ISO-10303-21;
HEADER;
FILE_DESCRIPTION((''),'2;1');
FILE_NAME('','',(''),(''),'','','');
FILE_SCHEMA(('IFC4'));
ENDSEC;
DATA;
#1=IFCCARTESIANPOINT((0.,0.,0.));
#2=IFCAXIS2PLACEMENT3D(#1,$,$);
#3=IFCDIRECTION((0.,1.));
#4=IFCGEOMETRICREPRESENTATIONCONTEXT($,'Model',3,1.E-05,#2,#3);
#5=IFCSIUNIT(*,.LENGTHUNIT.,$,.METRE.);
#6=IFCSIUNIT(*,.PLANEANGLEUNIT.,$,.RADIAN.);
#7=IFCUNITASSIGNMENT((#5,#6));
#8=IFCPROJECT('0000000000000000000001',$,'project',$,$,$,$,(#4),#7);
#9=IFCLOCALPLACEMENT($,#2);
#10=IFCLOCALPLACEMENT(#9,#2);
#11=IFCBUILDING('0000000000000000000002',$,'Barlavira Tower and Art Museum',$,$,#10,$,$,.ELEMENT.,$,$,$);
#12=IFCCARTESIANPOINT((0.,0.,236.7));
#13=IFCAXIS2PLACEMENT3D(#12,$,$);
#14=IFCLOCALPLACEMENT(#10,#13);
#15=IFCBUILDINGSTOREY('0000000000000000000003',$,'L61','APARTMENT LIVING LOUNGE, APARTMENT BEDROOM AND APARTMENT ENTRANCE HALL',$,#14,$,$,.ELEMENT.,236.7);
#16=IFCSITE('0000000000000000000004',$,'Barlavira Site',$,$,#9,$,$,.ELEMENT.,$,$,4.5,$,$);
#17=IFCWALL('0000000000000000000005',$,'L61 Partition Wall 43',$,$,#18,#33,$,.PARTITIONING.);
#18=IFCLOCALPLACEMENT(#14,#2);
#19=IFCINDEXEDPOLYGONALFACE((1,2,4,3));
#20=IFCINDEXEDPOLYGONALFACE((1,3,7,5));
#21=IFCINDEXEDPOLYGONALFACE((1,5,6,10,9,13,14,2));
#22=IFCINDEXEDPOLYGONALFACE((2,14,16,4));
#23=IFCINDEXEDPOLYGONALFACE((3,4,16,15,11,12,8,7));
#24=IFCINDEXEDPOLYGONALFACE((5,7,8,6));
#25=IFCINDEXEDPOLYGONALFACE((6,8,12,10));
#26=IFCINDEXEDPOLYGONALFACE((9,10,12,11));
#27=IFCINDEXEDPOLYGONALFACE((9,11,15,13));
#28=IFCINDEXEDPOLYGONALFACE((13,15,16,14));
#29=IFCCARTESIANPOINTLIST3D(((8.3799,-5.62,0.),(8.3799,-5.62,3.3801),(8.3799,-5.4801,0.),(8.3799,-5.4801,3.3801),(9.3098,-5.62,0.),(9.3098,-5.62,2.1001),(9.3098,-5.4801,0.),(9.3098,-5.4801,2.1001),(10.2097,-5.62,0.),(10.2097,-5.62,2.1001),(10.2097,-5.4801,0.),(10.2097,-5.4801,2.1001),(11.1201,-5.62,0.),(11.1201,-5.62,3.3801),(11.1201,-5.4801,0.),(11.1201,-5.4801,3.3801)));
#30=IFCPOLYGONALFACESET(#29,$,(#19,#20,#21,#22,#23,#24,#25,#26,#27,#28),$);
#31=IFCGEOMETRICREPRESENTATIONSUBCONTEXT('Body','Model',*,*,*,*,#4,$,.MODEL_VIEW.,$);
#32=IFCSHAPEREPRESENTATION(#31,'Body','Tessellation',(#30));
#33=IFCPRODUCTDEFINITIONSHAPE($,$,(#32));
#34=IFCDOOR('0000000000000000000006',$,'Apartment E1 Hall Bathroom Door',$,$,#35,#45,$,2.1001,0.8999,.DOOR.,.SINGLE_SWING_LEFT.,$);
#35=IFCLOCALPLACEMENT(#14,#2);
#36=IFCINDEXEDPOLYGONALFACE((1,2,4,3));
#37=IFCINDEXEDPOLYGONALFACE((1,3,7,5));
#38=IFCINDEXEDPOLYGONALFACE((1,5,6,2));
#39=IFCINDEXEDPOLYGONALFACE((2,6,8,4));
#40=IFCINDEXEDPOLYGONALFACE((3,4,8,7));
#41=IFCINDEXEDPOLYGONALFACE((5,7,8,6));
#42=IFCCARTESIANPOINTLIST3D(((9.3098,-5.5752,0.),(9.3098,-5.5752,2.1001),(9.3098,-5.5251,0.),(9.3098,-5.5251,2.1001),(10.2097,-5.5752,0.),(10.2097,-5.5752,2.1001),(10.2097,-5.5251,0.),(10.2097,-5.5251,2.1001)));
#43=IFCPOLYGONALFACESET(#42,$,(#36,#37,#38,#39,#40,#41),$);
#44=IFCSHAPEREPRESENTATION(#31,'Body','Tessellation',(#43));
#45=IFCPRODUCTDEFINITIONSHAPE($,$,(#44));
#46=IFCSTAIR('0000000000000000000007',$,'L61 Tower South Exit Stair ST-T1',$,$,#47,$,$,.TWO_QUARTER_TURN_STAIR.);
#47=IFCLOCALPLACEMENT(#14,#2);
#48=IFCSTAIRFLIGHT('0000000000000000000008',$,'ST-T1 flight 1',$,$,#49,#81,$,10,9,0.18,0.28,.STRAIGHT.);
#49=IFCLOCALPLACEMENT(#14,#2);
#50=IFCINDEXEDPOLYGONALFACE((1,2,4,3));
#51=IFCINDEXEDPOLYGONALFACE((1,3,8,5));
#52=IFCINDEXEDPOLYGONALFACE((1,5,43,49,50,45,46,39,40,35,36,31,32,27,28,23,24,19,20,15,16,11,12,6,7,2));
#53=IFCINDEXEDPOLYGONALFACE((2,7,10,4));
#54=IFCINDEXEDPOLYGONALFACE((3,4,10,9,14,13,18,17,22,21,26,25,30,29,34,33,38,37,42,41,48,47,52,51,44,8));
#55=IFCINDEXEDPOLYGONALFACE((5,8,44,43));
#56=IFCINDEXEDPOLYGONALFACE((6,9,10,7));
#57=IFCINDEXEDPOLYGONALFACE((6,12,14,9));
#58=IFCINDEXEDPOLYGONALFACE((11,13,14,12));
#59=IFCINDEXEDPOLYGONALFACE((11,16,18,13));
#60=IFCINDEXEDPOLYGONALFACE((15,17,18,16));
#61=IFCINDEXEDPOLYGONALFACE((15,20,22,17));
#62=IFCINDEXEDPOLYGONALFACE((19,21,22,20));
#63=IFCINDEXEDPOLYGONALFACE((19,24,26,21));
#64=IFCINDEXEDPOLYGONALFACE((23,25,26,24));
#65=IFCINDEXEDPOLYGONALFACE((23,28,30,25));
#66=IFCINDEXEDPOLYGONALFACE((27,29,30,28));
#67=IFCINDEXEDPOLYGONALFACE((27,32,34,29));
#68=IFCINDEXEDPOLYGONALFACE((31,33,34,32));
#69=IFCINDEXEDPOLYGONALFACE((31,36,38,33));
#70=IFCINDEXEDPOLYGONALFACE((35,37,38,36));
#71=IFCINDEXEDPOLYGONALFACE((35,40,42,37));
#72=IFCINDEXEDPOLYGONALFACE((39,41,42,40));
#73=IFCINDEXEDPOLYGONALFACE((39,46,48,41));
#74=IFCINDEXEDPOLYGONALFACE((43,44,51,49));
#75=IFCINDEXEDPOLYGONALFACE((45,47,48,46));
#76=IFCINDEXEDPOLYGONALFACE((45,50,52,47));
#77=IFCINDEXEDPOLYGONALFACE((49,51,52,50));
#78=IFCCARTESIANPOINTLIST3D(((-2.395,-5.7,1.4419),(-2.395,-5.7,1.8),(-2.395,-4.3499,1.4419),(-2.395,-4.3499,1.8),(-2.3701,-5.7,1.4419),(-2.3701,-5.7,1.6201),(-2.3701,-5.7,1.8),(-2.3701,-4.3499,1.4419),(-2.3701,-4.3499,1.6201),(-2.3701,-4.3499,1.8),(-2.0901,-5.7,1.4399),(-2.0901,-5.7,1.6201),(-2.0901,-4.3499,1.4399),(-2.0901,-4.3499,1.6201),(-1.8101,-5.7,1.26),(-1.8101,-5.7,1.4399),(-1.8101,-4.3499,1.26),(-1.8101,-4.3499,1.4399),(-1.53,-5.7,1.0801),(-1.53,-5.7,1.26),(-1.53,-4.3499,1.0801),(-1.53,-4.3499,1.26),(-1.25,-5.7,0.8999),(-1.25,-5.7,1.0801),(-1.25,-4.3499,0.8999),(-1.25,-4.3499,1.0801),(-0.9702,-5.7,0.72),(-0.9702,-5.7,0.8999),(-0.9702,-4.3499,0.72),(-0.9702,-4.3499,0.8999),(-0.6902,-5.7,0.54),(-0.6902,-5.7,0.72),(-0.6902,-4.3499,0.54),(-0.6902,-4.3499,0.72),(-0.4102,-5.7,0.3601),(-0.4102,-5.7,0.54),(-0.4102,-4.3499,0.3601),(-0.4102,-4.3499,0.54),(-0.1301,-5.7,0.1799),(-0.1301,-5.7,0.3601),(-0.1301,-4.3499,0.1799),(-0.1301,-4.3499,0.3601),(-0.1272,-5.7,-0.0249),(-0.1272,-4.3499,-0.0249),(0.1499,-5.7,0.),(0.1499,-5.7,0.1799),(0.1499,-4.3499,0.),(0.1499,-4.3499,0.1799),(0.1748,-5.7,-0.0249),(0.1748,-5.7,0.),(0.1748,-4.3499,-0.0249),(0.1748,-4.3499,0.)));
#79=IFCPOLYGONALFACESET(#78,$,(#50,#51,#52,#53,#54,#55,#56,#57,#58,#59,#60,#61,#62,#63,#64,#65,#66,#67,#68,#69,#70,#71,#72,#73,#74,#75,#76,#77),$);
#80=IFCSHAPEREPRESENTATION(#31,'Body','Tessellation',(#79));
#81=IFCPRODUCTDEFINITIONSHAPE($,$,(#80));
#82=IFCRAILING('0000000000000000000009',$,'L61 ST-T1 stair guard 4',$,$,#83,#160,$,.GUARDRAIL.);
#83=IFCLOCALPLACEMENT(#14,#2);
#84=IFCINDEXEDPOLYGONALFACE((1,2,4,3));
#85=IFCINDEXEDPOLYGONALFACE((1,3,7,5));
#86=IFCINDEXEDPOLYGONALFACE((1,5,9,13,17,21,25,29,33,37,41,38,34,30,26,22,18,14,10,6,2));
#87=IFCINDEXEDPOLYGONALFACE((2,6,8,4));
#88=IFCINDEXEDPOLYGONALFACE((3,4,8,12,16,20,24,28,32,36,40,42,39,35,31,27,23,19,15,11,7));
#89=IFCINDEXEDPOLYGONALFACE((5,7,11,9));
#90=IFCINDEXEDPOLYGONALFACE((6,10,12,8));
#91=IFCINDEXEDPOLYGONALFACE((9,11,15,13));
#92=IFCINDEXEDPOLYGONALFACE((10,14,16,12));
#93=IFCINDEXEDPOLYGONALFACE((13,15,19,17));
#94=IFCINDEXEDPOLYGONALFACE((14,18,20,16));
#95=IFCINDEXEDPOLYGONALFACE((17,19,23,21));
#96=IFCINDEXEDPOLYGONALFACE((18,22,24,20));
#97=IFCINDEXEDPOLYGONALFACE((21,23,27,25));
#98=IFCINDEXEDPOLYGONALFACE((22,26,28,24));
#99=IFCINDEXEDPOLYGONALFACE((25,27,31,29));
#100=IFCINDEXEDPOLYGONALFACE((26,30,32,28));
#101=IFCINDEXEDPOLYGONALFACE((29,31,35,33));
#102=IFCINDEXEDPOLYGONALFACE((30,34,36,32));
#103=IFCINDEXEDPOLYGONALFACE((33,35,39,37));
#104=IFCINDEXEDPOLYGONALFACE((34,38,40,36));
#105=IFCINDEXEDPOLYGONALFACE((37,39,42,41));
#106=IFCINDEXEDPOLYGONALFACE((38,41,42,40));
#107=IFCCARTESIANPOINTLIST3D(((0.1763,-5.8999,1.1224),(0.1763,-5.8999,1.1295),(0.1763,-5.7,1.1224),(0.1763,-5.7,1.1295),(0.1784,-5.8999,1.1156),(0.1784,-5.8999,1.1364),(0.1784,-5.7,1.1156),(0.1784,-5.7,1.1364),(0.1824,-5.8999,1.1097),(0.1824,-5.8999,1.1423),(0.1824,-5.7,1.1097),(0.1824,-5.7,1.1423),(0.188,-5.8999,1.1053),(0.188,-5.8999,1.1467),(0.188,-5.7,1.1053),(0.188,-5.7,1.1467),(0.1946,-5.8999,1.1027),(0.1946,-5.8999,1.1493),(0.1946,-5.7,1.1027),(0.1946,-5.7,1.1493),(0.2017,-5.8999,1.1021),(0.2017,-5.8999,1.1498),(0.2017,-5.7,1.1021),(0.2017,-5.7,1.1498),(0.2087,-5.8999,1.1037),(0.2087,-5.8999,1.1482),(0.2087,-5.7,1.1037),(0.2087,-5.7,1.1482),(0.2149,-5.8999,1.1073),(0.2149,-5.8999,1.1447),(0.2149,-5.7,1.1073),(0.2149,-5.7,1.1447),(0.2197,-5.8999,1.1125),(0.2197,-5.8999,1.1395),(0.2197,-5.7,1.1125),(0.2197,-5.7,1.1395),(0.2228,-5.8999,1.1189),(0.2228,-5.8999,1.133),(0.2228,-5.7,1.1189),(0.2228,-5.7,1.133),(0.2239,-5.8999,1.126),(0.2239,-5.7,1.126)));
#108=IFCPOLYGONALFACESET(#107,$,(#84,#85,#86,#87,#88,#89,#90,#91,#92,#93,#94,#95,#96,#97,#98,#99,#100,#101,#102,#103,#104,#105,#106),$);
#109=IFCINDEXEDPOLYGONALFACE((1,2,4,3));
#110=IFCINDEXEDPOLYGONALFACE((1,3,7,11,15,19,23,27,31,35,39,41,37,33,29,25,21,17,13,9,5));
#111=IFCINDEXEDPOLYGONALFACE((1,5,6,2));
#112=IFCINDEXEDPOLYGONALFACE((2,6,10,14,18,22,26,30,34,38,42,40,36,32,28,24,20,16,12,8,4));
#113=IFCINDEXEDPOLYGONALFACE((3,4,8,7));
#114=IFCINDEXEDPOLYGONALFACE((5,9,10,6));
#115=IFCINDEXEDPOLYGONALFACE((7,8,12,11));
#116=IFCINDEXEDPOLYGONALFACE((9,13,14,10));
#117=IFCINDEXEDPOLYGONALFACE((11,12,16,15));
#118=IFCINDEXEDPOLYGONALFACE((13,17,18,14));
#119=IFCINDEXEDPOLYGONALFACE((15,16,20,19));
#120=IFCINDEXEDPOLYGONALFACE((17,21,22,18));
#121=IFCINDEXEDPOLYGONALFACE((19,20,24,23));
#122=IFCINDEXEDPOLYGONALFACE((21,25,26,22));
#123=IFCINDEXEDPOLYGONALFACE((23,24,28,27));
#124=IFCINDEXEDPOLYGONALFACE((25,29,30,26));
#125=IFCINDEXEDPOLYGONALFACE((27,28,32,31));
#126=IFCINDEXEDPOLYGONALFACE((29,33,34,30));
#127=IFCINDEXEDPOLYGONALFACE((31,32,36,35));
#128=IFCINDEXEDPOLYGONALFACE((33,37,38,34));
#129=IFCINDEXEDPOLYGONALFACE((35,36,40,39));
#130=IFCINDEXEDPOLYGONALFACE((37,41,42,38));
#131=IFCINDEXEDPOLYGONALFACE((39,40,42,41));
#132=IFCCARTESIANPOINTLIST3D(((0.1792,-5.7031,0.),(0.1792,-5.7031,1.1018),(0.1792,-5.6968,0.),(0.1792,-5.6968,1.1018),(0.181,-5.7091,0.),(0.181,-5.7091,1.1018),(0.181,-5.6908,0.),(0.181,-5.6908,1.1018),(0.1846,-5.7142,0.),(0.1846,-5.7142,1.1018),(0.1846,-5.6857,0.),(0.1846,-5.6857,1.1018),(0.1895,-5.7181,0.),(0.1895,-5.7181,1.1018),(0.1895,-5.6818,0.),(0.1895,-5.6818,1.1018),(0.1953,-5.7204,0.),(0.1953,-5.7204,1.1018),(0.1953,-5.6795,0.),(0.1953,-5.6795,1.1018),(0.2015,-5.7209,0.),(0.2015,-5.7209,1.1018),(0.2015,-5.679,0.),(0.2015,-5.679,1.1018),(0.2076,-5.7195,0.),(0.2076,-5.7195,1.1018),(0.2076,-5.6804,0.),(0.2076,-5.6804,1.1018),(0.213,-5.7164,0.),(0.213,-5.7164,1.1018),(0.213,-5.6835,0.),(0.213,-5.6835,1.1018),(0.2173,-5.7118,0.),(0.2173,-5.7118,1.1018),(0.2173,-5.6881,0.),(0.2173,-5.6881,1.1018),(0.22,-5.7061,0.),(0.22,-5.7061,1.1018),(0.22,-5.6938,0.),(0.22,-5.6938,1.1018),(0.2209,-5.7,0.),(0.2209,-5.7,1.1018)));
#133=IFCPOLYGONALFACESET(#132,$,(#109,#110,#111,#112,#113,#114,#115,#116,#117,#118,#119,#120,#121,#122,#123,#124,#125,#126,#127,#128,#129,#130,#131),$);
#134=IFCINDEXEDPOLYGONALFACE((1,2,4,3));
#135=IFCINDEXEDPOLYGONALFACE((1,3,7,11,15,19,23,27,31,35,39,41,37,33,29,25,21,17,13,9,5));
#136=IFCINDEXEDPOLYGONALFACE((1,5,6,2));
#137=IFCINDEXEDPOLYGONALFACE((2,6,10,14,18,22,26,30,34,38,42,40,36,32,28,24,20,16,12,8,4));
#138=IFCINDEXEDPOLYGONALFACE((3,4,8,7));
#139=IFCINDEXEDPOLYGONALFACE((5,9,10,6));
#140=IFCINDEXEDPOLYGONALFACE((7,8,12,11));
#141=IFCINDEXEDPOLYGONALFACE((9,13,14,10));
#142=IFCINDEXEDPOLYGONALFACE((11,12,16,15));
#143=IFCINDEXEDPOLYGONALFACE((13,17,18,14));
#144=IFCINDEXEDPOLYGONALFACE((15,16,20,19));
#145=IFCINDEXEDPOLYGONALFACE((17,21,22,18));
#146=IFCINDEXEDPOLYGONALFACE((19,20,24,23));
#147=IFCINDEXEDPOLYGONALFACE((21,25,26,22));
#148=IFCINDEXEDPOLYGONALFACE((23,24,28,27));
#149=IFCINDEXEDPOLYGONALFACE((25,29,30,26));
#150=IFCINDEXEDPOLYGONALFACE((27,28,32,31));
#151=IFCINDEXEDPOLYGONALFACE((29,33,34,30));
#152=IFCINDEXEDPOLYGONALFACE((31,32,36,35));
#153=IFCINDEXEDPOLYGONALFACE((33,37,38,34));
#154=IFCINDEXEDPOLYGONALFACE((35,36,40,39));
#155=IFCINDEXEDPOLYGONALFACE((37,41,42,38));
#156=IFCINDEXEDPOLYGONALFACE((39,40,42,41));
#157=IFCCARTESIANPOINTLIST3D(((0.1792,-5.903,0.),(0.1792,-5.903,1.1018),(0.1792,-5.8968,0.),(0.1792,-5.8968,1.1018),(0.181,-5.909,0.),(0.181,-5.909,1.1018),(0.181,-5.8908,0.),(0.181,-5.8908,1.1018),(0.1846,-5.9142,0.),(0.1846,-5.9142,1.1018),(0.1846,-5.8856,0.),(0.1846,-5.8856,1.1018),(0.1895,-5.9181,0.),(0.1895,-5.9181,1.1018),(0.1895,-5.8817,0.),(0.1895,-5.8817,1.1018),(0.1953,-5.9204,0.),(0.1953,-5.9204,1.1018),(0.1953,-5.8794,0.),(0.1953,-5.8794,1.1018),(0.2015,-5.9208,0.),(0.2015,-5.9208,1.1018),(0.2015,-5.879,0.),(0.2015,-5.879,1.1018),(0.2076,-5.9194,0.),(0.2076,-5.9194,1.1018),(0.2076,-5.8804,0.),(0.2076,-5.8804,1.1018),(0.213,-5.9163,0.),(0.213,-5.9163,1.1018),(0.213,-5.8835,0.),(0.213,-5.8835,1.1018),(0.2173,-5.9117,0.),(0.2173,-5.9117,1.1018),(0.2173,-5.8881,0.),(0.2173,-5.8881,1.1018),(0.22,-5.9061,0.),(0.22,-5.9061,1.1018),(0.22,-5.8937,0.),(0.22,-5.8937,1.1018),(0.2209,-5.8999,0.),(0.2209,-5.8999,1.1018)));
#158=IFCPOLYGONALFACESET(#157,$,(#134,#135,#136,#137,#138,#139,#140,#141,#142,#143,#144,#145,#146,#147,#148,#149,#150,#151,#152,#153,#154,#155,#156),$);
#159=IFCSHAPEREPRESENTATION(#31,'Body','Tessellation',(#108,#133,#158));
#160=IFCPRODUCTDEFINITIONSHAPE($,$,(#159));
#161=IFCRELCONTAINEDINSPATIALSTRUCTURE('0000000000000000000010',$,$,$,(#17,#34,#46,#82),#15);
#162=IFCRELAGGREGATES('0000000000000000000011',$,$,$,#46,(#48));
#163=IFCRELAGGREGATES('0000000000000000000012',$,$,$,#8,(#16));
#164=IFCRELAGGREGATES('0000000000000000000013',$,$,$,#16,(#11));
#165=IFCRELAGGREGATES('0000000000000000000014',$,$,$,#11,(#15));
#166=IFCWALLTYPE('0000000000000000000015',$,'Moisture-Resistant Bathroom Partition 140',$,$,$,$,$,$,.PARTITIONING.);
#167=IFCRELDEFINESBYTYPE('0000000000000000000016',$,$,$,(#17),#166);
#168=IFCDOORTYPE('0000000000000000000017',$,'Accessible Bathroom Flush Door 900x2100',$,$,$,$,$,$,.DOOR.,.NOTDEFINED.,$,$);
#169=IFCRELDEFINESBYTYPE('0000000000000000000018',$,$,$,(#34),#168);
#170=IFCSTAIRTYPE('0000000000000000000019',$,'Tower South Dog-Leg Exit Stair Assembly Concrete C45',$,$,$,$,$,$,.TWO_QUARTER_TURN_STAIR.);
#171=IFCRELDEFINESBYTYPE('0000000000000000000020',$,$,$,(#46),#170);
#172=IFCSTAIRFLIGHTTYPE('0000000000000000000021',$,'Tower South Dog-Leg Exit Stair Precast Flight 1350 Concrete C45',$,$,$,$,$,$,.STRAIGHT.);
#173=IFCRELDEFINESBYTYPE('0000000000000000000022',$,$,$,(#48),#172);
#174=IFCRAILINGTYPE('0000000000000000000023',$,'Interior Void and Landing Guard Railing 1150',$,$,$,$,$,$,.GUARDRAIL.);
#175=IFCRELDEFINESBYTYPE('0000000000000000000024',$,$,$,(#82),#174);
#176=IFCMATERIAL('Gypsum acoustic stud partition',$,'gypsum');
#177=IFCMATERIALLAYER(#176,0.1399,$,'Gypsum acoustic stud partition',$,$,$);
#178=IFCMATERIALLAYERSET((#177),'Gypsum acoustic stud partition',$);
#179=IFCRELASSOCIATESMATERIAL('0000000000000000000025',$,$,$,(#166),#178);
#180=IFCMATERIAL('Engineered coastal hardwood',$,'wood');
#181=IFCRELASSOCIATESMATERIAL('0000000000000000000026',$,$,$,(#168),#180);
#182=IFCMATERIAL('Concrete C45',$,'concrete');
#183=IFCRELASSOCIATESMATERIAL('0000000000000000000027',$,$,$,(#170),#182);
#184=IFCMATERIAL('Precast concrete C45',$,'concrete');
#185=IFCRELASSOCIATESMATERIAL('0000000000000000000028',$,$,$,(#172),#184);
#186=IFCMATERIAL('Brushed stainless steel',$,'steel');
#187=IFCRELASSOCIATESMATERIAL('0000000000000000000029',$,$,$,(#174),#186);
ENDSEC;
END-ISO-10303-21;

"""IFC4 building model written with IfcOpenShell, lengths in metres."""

from ifc_helpers import new_model, si_unit, direction, frame, frame_2d, origin, origin_2d, place, context, subcontext, project, spatial, polyline, rectangle, circle, outline, extrude, material, layer, layer_set, type_object, element, fill, aggregate, save


model = new_model("IFC4")

# Units and contexts
model_context = context("Model", 3, precision=1e-05, world=origin(), true_north=direction((0.0, 1.0)))
body_context = subcontext(model_context, "Body", "Model", "MODEL_VIEW")
ifc_project = project(units=[si_unit("LENGTHUNIT", "METRE"), si_unit("PLANEANGLEUNIT", "RADIAN")], contexts=[model_context])

# Site, building, storey
site_placement = place(None, origin())
site = spatial("IfcSite", under=ifc_project, at=site_placement, Name="Barlavira Site", CompositionType="ELEMENT", RefElevation=4.5)
building_placement = place(site_placement, origin())
building = spatial("IfcBuilding", under=site, at=building_placement, Name="Barlavira Tower and Art Museum", CompositionType="ELEMENT")
storey_placement = place(building_placement, frame((0.0, 0.0, 236.7)))
storey = spatial("IfcBuildingStorey", under=building, at=storey_placement, Name="L61", Description="APARTMENT LIVING LOUNGE, APARTMENT BEDROOM AND APARTMENT ENTRANCE HALL", CompositionType="ELEMENT", Elevation=236.7)

# Shared definitions
ifc_material_1 = material(Name="Gypsum acoustic stud partition", Category="gypsum")
ifc_material_2 = material(Name="Engineered coastal hardwood", Category="wood")
ifc_material_3 = material(Name="Brushed stainless steel", Category="steel")

# Wall, opening, door
ifc_layer_1 = layer(ifc_material_1, 0.1399, Name="Gypsum acoustic stud partition")
ifc_layer_set_1 = layer_set([ifc_layer_1], Name="Gypsum acoustic stud partition")
wall_type_1 = type_object("IfcWallType", Name="Moisture-Resistant Bathroom Partition 140", PredefinedType="PARTITIONING", material=ifc_layer_set_1)
wall_1_placement = place(storey_placement, frame((8.3799, -5.55, 0.0), z_axis=(0.0, 0.0, 1.0), x_axis=(1.0, 0.0, 0.0)))
wall_1 = element("IfcWall", 1, at=wall_1_placement, inside=storey, type_object=wall_type_1, Name="L61 Partition Wall 43", PredefinedType="PARTITIONING", context=body_context, shape_type="SweptSolid", body=[
    extrude(rectangle(XDim=2.7402, YDim=0.1399, at=frame_2d((1.3701, 0.0))), origin(), (0.0, 0.0, 1.0), 3.3801),
])
opening_1_placement = place(wall_1_placement, frame((0.9299, 0.0, 0.0)))
opening_1 = element("IfcOpeningElement", 2, at=opening_1_placement, cuts=wall_1, PredefinedType="OPENING", context=body_context, shape_type="SweptSolid", body=[
    extrude(rectangle(XDim=0.8999, YDim=2.1001, at=frame_2d((0.45, 1.05))), frame((0.0, 0.0801, 0.0), z_axis=(0.0, -1.0, 0.0), x_axis=(1.0, 0.0, 0.0)), (0.0, 0.0, 1.0), 0.1599),
])
door_type_1 = type_object("IfcDoorType", Name="Accessible Bathroom Flush Door 900x2100", OperationType="NOTDEFINED", PredefinedType="DOOR", material=ifc_material_2)
door_1_placement = place(opening_1_placement, origin())
door_1 = element("IfcDoor", 3, at=door_1_placement, inside=storey, type_object=door_type_1, Name="Apartment E1 Hall Bathroom Door", OperationType="SINGLE_SWING_LEFT", OverallHeight=2.1001, OverallWidth=0.8999, PredefinedType="DOOR", context=body_context, shape_type="SweptSolid", body=[
    extrude(rectangle(XDim=0.8999, YDim=2.1001, at=frame_2d((0.45, 1.05))), frame((0.0, 0.0249, 0.0), z_axis=(0.0, -1.0, 0.0), x_axis=(1.0, 0.0, 0.0)), (0.0, 0.0, 1.0), 0.05),
])
fill(opening_1, door_1)

# Stair, stair flight
ifc_material_4 = material(Name="Concrete C45", Category="concrete")
stair_type = type_object("IfcStairType", Name="Tower South Dog-Leg Exit Stair Assembly Concrete C45", PredefinedType="TWO_QUARTER_TURN_STAIR", material=ifc_material_4)
stair_placement = place(storey_placement, origin())
stair = element("IfcStair", 4, at=stair_placement, inside=storey, type_object=stair_type, Name="L61 Tower South Exit Stair ST-T1", PredefinedType="TWO_QUARTER_TURN_STAIR")
ifc_material_5 = material(Name="Precast concrete C45", Category="concrete")
stair_flight_type = type_object("IfcStairFlightType", Name="Tower South Dog-Leg Exit Stair Precast Flight 1350 Concrete C45", PredefinedType="STRAIGHT", material=ifc_material_5)
stair_flight_placement = place(storey_placement, frame((0.1499, -5.0249, 0.0), z_axis=(0.0, 0.0, 1.0), x_axis=(-1.0, 0.0, 0.0)))
stair_flight = element("IfcStairFlight", 5, at=stair_flight_placement, type_object=stair_flight_type, Name="ST-T1 flight 1", NumberOfRisers=10, NumberOfTreads=9, PredefinedType="STRAIGHT", RiserHeight=0.18, TreadLength=0.28, context=body_context, shape_type="SweptSolid", body=[
    extrude(outline(polyline([(-0.0249, 0.0), (0.0, 0.0), (0.0, 0.1799), (0.28, 0.1799), (0.28, 0.3601), (0.5601, 0.3601), (0.5601, 0.54), (0.8401, 0.54), (0.8401, 0.72), (1.1201, 0.72), (1.1201, 0.8999), (1.3999, 0.8999), (1.3999, 1.0801), (1.6799, 1.0801), (1.6799, 1.26), (1.96, 1.26), (1.96, 1.4399), (2.24, 1.4399), (2.24, 1.6201), (2.52, 1.6201), (2.52, 1.8), (2.5449, 1.8), (2.5449, 1.4419), (2.52, 1.4419), (0.2771, -0.0249), (-0.0249, -0.0249), (-0.0249, 0.0)])), frame((0.0, 0.675, 0.0), z_axis=(0.0, -1.0, 0.0), x_axis=(1.0, 0.0, 0.0)), (0.0, 0.0, 1.0), 1.3501),
])
aggregate(stair, [stair_flight])

# Railing
railing_type_1 = type_object("IfcRailingType", Name="Interior Void and Landing Guard Railing 1150", PredefinedType="GUARDRAIL", material=ifc_material_3)
railing_1_placement = place(storey_placement, frame((0.2, -5.7, 0.0)))
element("IfcRailing", 6, at=railing_1_placement, inside=storey, type_object=railing_type_1, Name="L61 ST-T1 stair guard 4", PredefinedType="GUARDRAIL", context=body_context, shape_type="SweptSolid", body=[
    extrude(circle(Radius=0.0239, at=origin_2d()), frame((0.0, 0.0, 1.126), z_axis=(0.0, -1.0, 0.0), x_axis=(1.0, 0.0, 0.0)), (0.0, 0.0, 1.0), 0.2),
    extrude(circle(Radius=0.021, at=origin_2d()), origin(), (0.0, 0.0, 1.0), 1.1018),
    extrude(circle(Radius=0.021, at=origin_2d()), frame((0.0, -0.2, 0.0)), (0.0, 0.0, 1.0), 1.1018),
])

save(model, "model.ifc")
